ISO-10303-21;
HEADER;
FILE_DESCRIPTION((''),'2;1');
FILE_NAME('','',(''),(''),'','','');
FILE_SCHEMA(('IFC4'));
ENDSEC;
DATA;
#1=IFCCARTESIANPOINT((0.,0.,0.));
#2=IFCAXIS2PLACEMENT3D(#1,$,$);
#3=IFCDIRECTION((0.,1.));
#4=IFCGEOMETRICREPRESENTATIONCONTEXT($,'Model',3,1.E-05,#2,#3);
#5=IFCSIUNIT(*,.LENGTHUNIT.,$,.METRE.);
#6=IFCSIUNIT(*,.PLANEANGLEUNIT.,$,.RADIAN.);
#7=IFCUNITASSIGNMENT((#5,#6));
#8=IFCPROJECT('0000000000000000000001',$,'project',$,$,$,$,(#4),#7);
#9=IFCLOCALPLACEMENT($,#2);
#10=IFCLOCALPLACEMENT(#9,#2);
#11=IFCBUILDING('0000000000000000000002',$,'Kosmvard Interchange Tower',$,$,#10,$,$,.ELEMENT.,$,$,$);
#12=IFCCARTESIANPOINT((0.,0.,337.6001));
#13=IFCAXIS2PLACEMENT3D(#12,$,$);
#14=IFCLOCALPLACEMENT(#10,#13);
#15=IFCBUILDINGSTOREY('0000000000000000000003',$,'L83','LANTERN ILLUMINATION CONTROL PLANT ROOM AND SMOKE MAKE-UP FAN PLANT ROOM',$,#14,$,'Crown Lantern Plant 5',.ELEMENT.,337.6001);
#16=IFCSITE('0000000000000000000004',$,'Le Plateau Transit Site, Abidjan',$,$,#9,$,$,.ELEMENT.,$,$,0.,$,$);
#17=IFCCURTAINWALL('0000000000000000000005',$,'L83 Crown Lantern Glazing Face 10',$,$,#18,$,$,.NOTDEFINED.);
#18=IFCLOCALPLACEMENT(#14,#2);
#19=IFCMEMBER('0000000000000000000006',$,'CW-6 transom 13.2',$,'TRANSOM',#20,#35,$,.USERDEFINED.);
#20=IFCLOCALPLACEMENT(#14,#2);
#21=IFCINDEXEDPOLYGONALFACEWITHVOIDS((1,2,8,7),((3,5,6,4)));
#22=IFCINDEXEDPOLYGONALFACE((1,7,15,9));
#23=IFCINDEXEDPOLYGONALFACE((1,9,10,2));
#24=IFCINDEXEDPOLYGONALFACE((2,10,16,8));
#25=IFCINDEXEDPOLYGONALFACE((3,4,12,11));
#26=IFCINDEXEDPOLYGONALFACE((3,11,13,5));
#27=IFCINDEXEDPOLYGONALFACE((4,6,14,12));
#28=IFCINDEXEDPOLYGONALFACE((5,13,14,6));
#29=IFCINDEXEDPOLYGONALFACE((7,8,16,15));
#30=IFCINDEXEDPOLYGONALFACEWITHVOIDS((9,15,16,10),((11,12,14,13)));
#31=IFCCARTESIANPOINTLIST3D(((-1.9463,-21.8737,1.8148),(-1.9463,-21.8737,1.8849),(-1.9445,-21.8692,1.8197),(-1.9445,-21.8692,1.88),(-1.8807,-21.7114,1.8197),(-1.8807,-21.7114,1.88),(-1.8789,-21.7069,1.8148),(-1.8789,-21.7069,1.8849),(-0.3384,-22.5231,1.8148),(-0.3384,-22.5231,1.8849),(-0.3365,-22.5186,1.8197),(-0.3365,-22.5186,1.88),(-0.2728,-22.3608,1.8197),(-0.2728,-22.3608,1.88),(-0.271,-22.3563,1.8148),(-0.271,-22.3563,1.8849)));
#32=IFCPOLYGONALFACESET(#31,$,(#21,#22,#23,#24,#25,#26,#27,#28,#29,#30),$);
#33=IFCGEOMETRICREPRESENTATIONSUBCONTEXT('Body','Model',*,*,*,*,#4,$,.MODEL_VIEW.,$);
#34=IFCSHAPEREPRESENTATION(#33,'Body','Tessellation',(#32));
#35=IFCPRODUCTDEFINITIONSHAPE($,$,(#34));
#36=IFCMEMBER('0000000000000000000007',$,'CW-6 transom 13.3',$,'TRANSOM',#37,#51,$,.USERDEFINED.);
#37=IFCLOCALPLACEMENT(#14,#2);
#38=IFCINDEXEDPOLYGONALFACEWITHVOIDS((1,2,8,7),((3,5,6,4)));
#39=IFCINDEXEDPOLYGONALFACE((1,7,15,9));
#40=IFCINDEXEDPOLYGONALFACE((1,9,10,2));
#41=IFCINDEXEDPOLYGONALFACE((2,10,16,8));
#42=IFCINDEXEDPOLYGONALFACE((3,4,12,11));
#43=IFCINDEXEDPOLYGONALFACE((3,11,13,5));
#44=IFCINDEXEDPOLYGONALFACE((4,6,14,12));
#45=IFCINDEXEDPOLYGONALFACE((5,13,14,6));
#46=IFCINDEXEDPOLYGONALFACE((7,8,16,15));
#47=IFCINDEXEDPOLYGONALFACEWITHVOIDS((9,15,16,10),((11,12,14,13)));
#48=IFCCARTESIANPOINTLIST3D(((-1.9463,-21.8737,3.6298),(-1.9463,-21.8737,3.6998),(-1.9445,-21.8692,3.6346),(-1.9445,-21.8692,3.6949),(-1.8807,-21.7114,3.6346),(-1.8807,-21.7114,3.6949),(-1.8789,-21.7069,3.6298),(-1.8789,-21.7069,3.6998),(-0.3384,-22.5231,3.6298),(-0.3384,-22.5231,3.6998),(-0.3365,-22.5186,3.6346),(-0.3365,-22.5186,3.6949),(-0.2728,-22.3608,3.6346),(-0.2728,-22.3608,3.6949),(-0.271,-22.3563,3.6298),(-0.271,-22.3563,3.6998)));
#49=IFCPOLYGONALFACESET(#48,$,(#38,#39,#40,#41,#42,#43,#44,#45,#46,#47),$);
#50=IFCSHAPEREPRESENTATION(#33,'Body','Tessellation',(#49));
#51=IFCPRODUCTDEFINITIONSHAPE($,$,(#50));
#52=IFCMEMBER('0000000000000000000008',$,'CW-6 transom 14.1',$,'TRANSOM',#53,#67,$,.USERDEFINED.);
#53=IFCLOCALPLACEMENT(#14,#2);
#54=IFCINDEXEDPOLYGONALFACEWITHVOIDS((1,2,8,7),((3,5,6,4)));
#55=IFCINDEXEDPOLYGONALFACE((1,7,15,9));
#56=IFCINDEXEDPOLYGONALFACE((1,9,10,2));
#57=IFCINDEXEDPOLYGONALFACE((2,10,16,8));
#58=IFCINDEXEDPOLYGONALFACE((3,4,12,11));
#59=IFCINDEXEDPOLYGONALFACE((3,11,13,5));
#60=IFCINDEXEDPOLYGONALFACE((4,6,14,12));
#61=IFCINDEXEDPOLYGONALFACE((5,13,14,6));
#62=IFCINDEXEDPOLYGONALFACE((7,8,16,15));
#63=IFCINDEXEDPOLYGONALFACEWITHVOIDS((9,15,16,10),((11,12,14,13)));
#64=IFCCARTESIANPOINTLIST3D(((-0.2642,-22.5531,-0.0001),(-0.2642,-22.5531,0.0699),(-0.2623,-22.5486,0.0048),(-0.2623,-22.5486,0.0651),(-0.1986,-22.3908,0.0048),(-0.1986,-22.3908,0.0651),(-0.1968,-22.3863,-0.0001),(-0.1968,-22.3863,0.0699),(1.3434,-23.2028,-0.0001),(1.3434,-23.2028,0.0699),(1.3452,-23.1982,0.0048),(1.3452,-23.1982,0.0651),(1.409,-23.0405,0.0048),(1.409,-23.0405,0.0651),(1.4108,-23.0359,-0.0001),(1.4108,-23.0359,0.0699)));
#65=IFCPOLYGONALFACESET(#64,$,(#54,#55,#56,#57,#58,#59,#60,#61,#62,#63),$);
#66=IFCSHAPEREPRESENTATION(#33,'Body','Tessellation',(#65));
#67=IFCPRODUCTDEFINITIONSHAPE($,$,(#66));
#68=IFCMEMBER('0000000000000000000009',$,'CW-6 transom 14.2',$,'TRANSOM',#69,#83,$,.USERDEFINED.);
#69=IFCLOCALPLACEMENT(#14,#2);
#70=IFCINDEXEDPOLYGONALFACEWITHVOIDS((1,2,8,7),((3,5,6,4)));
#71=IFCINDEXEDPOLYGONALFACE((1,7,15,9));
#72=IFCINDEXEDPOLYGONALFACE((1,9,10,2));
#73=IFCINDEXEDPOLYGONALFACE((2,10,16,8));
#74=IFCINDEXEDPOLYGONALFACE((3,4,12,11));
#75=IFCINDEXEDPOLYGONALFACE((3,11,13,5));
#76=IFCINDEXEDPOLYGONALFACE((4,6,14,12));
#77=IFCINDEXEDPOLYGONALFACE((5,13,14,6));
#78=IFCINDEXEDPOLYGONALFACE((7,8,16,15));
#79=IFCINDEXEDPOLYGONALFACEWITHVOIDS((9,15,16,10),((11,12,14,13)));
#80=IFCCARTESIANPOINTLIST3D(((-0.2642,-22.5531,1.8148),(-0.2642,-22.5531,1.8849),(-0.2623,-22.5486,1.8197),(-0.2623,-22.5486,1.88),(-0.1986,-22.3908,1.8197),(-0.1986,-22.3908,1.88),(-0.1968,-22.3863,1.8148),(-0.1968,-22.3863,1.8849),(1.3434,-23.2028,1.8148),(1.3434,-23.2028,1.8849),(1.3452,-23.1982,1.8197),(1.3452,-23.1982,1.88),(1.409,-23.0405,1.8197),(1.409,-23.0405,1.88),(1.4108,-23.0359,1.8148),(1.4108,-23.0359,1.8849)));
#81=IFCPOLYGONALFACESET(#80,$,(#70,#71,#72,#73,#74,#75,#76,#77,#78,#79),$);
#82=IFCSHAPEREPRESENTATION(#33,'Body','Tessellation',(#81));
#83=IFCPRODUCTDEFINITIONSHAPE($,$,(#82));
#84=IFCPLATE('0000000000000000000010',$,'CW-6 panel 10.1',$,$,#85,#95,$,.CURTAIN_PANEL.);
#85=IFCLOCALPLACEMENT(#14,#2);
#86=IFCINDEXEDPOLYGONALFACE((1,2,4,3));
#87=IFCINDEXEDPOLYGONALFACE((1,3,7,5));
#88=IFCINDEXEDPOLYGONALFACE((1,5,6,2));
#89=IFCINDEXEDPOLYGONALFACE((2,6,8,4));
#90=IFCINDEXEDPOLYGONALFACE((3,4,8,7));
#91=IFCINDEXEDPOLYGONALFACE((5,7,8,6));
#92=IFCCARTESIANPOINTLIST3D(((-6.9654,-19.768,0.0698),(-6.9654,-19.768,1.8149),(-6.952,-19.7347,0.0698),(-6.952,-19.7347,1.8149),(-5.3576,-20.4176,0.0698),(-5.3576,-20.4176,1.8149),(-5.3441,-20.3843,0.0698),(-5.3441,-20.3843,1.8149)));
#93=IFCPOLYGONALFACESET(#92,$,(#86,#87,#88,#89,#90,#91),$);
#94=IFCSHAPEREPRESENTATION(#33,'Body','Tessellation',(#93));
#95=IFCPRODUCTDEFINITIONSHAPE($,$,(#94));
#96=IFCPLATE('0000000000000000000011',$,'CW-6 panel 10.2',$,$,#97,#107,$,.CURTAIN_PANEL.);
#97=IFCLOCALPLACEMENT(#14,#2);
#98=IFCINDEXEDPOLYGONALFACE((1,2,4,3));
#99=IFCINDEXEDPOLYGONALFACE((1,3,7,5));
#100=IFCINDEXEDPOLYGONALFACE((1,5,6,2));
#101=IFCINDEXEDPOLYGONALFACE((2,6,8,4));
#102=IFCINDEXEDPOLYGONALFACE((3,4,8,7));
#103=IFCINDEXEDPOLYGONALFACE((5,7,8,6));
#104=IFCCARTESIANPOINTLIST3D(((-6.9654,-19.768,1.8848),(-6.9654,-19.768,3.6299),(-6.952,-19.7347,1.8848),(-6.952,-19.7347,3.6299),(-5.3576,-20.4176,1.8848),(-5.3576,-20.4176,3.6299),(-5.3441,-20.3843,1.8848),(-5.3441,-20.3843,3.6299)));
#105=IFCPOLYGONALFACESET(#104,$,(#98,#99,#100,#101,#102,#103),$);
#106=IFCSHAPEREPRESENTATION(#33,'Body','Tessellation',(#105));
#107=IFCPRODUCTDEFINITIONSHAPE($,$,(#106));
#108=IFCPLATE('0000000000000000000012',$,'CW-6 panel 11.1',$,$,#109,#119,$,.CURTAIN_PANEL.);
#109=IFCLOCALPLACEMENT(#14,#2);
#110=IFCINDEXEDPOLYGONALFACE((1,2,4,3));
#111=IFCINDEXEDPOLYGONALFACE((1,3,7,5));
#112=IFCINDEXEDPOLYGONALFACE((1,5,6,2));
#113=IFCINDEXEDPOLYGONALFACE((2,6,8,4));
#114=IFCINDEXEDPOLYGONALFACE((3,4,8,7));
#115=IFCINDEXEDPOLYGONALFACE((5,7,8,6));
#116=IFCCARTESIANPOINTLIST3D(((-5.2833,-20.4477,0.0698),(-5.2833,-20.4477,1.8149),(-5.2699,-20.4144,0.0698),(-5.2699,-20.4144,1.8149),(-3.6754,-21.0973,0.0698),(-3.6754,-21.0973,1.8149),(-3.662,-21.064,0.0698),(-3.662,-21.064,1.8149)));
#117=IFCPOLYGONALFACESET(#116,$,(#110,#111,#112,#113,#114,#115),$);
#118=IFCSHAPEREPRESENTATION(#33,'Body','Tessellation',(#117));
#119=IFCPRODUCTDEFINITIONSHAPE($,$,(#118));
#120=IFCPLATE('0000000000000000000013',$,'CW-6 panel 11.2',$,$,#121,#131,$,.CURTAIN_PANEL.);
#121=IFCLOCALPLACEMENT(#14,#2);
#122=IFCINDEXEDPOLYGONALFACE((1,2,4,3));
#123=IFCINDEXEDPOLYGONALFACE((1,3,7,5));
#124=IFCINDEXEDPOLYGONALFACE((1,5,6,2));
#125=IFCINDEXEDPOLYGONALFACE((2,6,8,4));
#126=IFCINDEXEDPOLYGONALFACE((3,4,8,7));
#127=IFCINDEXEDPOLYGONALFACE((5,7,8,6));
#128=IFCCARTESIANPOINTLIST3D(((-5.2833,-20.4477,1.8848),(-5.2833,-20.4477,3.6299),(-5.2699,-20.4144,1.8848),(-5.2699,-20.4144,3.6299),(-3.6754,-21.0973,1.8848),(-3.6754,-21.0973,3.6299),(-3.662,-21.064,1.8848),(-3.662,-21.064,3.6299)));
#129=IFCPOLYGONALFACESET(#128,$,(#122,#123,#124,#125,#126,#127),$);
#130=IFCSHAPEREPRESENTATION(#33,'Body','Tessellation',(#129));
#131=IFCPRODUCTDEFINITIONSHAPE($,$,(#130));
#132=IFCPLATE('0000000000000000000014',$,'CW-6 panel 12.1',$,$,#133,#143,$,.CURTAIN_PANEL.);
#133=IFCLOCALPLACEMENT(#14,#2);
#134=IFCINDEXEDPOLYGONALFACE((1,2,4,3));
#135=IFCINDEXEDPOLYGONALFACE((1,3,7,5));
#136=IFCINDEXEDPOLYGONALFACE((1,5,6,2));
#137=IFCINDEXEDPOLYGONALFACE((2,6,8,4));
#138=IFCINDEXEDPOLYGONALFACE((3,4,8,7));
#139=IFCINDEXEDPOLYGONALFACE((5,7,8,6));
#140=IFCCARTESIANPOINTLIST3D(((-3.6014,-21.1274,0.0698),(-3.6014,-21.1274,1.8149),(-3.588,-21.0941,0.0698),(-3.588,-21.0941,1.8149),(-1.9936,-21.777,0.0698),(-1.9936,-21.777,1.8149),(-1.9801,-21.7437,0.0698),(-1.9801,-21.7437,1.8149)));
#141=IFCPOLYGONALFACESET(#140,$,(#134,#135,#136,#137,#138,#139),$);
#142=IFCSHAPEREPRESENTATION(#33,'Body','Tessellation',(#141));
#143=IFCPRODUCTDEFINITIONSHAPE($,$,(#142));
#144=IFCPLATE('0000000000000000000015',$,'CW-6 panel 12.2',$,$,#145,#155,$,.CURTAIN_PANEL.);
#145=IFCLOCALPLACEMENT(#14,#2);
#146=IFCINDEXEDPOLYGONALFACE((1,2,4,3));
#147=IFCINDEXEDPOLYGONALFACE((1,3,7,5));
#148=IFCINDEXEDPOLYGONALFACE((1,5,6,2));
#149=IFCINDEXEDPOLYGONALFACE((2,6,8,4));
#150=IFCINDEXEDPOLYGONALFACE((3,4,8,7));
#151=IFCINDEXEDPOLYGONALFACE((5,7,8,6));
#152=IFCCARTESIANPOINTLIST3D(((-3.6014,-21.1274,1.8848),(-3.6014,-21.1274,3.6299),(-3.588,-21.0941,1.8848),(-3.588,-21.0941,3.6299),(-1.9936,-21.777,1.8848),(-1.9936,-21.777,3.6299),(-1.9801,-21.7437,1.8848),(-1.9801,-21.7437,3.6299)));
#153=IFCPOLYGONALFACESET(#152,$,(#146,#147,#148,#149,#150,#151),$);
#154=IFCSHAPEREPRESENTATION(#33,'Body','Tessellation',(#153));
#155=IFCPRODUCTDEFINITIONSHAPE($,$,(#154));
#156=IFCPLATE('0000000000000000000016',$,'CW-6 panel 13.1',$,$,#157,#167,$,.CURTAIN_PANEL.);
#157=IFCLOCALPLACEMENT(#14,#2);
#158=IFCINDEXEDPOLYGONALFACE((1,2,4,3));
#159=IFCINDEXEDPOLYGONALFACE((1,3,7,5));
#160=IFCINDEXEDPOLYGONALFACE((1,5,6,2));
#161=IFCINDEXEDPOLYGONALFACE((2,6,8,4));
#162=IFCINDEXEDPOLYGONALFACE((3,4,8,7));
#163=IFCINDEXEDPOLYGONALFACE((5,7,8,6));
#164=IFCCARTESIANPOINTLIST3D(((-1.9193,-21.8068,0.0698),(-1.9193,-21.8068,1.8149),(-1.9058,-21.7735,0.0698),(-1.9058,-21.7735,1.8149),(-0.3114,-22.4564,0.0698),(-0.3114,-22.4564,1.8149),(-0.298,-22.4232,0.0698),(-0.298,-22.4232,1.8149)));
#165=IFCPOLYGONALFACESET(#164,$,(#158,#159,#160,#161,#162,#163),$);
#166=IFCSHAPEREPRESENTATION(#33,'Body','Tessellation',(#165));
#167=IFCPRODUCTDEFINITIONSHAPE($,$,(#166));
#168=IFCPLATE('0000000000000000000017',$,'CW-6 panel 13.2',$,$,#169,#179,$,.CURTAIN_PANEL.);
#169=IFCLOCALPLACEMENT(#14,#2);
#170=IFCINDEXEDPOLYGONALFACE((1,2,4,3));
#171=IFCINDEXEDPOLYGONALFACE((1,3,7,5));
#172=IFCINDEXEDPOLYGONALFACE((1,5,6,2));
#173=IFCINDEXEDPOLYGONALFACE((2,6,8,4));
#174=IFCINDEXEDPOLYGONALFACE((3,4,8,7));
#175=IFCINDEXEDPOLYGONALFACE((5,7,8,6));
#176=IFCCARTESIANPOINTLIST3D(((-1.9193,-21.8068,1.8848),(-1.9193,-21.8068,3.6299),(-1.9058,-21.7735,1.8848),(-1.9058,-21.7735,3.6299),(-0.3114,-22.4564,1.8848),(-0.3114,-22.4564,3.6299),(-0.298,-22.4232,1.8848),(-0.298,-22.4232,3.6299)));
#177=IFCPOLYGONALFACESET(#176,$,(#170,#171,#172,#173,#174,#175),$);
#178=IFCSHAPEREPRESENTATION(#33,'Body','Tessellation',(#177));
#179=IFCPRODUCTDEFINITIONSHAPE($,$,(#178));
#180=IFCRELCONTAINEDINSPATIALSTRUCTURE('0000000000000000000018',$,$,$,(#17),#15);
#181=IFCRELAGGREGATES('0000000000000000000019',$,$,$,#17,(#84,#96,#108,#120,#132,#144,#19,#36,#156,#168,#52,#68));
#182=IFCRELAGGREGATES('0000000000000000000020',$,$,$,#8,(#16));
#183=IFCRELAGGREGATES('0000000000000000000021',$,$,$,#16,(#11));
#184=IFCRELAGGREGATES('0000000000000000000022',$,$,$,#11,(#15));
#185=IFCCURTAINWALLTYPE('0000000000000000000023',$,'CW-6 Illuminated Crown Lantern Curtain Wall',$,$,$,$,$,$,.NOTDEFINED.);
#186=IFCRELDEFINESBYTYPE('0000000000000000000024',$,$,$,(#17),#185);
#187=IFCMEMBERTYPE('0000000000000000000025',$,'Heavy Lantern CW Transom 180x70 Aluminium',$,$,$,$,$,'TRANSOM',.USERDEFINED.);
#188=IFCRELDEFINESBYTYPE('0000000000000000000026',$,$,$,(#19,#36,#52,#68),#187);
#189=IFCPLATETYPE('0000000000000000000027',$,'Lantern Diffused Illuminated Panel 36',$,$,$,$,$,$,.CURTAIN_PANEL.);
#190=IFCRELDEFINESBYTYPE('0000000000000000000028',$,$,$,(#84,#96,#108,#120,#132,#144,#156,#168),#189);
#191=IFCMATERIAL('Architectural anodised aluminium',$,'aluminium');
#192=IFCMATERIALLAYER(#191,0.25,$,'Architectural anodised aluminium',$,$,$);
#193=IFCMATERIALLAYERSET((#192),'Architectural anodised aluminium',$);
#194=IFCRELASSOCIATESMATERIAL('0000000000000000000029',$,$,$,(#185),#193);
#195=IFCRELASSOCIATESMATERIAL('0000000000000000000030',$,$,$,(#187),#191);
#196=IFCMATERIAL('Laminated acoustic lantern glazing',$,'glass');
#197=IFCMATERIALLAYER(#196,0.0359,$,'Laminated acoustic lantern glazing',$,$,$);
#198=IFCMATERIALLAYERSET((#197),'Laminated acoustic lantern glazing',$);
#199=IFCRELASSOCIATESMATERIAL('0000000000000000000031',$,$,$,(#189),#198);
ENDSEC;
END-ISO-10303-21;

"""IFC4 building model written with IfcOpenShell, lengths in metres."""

from ifc_helpers import new_model, si_unit, direction, frame, origin, origin_2d, place, context, subcontext, project, spatial, rectangle, hollow_rectangle, extrude, source, transform, mapped, material, layer, layer_set, material_profile, profile_set, type_object, element, aggregate, save


model = new_model("IFC4")

# Units and contexts
model_context = context("Model", 3, precision=1e-05, world=origin(), true_north=direction((0.0, 1.0)))
body_context = subcontext(model_context, "Body", "Model", "MODEL_VIEW")
ifc_project = project(units=[si_unit("LENGTHUNIT", "METRE"), si_unit("PLANEANGLEUNIT", "RADIAN")], contexts=[model_context])

# Site, building, storey
site_placement = place(None, origin())
site = spatial("IfcSite", under=ifc_project, at=site_placement, Name="Le Plateau Transit Site, Abidjan", CompositionType="ELEMENT", RefElevation=0.0)
building_placement = place(site_placement, origin())
building = spatial("IfcBuilding", under=site, at=building_placement, Name="Kosmvard Interchange Tower", CompositionType="ELEMENT")
storey_placement = place(building_placement, frame((0.0, 0.0, 337.6001)))
storey = spatial("IfcBuildingStorey", under=building, at=storey_placement, Name="L83", Description="LANTERN ILLUMINATION CONTROL PLANT ROOM AND SMOKE MAKE-UP FAN PLANT ROOM", LongName="Crown Lantern Plant 5", CompositionType="ELEMENT", Elevation=337.6001)

# Curtain wall, members, plates
ifc_material_1 = material(Name="Architectural anodised aluminium", Category="aluminium")
ifc_layer_1 = layer(ifc_material_1, 0.25, Name="Architectural anodised aluminium")
ifc_layer_set_1 = layer_set([ifc_layer_1], Name="Architectural anodised aluminium")
curtain_wall_type = type_object("IfcCurtainWallType", Name="CW-6 Illuminated Crown Lantern Curtain Wall", PredefinedType="NOTDEFINED", material=ifc_layer_set_1)
curtain_wall_placement = place(storey_placement, origin())
curtain_wall = element("IfcCurtainWall", 1, at=curtain_wall_placement, inside=storey, type_object=curtain_wall_type, Name="L83 Crown Lantern Glazing Face 10", PredefinedType="NOTDEFINED")
ifc_material_profile_1 = material_profile(ifc_material_1, hollow_rectangle(XDim=0.1799, YDim=0.0701, WallThickness=0.0049, at=origin_2d()), Name="CWT 180x70x5")
ifc_profile_set_1 = profile_set([ifc_material_profile_1], Name="Architectural anodised aluminium")
member_type_1 = type_object("IfcMemberType", Name="Heavy Lantern CW Transom 180x70 Aluminium", ElementType="TRANSOM", PredefinedType="USERDEFINED", material=ifc_profile_set_1)
shared_shape_1 = source(origin(), body_context, "Body", "SweptSolid", [
    extrude(hollow_rectangle(XDim=0.1799, YDim=0.0701, WallThickness=0.0049, at=origin_2d()), origin(), (0.0, 0.0, 1.0), 1.7341),
])
member_1_placement = place(storey_placement, frame((-1.9126, -21.7903, 1.8499), z_axis=(0.927229, -0.374496, 0.0), x_axis=(0.374496, 0.927229, 0.0)))
member_1 = element("IfcMember", 2, at=member_1_placement, type_object=member_type_1, Name="CW-6 transom 13.2", ObjectType="TRANSOM", PredefinedType="USERDEFINED", context=body_context, shape_type="MappedRepresentation", body=[
    mapped(shared_shape_1, transform((0.0, 0.0, 0.0), scale=1.0)),
])
member_2_placement = place(storey_placement, frame((-1.9126, -21.7903, 3.6648), z_axis=(0.927229, -0.374496, 0.0), x_axis=(0.374496, 0.927229, 0.0)))
member_2 = element("IfcMember", 3, at=member_2_placement, type_object=member_type_1, Name="CW-6 transom 13.3", ObjectType="TRANSOM", PredefinedType="USERDEFINED", context=body_context, shape_type="MappedRepresentation", body=[
    mapped(shared_shape_1, transform((0.0, 0.0, 0.0), scale=1.0)),
])
shared_shape_2 = source(origin(), body_context, "Body", "SweptSolid", [
    extrude(hollow_rectangle(XDim=0.1799, YDim=0.0701, WallThickness=0.0049, at=origin_2d()), origin(), (0.0, 0.0, 1.0), 1.7339),
])
member_3_placement = place(storey_placement, frame((-0.2305, -22.4697, 0.0349), z_axis=(0.92716, -0.374666, 0.0), x_axis=(0.374666, 0.92716, 0.0)))
member_3 = element("IfcMember", 4, at=member_3_placement, type_object=member_type_1, Name="CW-6 transom 14.1", ObjectType="TRANSOM", PredefinedType="USERDEFINED", context=body_context, shape_type="MappedRepresentation", body=[
    mapped(shared_shape_2, transform((0.0, 0.0, 0.0), scale=1.0)),
])
member_4_placement = place(storey_placement, frame((-0.2305, -22.4697, 1.8499), z_axis=(0.92716, -0.374666, 0.0), x_axis=(0.374666, 0.92716, 0.0)))
member_4 = element("IfcMember", 5, at=member_4_placement, type_object=member_type_1, Name="CW-6 transom 14.2", ObjectType="TRANSOM", PredefinedType="USERDEFINED", context=body_context, shape_type="MappedRepresentation", body=[
    mapped(shared_shape_2, transform((0.0, 0.0, 0.0), scale=1.0)),
])
ifc_material_2 = material(Name="Laminated acoustic lantern glazing", Category="glass")
ifc_layer_2 = layer(ifc_material_2, 0.0359, Name="Laminated acoustic lantern glazing")
ifc_layer_set_2 = layer_set([ifc_layer_2], Name="Laminated acoustic lantern glazing")
plate_type = type_object("IfcPlateType", Name="Lantern Diffused Illuminated Panel 36", PredefinedType="CURTAIN_PANEL", material=ifc_layer_set_2)
shared_shape_3 = source(origin(), body_context, "Body", "SweptSolid", [
    extrude(rectangle(XDim=1.7341, YDim=0.0359, at=origin_2d()), origin(), (0.0, 0.0, 1.0), 1.7451),
])
plate_1_placement = place(storey_placement, frame((-6.1548, -20.0762, 0.0698), z_axis=(0.0, 0.0, 1.0), x_axis=(0.927184, -0.374607, 0.0)))
plate_1 = element("IfcPlate", 6, at=plate_1_placement, type_object=plate_type, Name="CW-6 panel 10.1", PredefinedType="CURTAIN_PANEL", context=body_context, shape_type="MappedRepresentation", body=[
    mapped(shared_shape_3, transform((0.0, 0.0, 0.0), scale=1.0)),
])
plate_2_placement = place(storey_placement, frame((-6.1548, -20.0762, 1.8848), z_axis=(0.0, 0.0, 1.0), x_axis=(0.927184, -0.374607, 0.0)))
plate_2 = element("IfcPlate", 7, at=plate_2_placement, type_object=plate_type, Name="CW-6 panel 10.2", PredefinedType="CURTAIN_PANEL", context=body_context, shape_type="MappedRepresentation", body=[
    mapped(shared_shape_3, transform((0.0, 0.0, 0.0), scale=1.0)),
])
plate_3_placement = place(storey_placement, frame((-4.4727, -20.7559, 0.0698), z_axis=(0.0, 0.0, 1.0), x_axis=(0.927184, -0.374607, 0.0)))
plate_3 = element("IfcPlate", 8, at=plate_3_placement, type_object=plate_type, Name="CW-6 panel 11.1", PredefinedType="CURTAIN_PANEL", context=body_context, shape_type="MappedRepresentation", body=[
    mapped(shared_shape_3, transform((0.0, 0.0, 0.0), scale=1.0)),
])
plate_4_placement = place(storey_placement, frame((-4.4727, -20.7559, 1.8848), z_axis=(0.0, 0.0, 1.0), x_axis=(0.927184, -0.374607, 0.0)))
plate_4 = element("IfcPlate", 9, at=plate_4_placement, type_object=plate_type, Name="CW-6 panel 11.2", PredefinedType="CURTAIN_PANEL", context=body_context, shape_type="MappedRepresentation", body=[
    mapped(shared_shape_3, transform((0.0, 0.0, 0.0), scale=1.0)),
])
plate_5_placement = place(storey_placement, frame((-2.7908, -21.4355, 0.0698), z_axis=(0.0, 0.0, 1.0), x_axis=(0.927184, -0.374607, 0.0)))
plate_5 = element("IfcPlate", 10, at=plate_5_placement, type_object=plate_type, Name="CW-6 panel 12.1", PredefinedType="CURTAIN_PANEL", context=body_context, shape_type="MappedRepresentation", body=[
    mapped(shared_shape_3, transform((0.0, 0.0, 0.0), scale=1.0)),
])
plate_6_placement = place(storey_placement, frame((-2.7908, -21.4355, 1.8848), z_axis=(0.0, 0.0, 1.0), x_axis=(0.927184, -0.374607, 0.0)))
plate_6 = element("IfcPlate", 11, at=plate_6_placement, type_object=plate_type, Name="CW-6 panel 12.2", PredefinedType="CURTAIN_PANEL", context=body_context, shape_type="MappedRepresentation", body=[
    mapped(shared_shape_3, transform((0.0, 0.0, 0.0), scale=1.0)),
])
plate_7_placement = place(storey_placement, frame((-1.1086, -22.115, 0.0698), z_axis=(0.0, 0.0, 1.0), x_axis=(0.927184, -0.374607, 0.0)))
plate_7 = element("IfcPlate", 12, at=plate_7_placement, type_object=plate_type, Name="CW-6 panel 13.1", PredefinedType="CURTAIN_PANEL", context=body_context, shape_type="MappedRepresentation", body=[
    mapped(shared_shape_3, transform((0.0, 0.0, 0.0), scale=1.0)),
])
plate_8_placement = place(storey_placement, frame((-1.1086, -22.115, 1.8848), z_axis=(0.0, 0.0, 1.0), x_axis=(0.927184, -0.374607, 0.0)))
plate_8 = element("IfcPlate", 13, at=plate_8_placement, type_object=plate_type, Name="CW-6 panel 13.2", PredefinedType="CURTAIN_PANEL", context=body_context, shape_type="MappedRepresentation", body=[
    mapped(shared_shape_3, transform((0.0, 0.0, 0.0), scale=1.0)),
])
aggregate(curtain_wall, [plate_1, plate_2, plate_3, plate_4, plate_5, plate_6, member_1, member_2, plate_7, plate_8, member_3, member_4])

save(model, "model.ifc")
